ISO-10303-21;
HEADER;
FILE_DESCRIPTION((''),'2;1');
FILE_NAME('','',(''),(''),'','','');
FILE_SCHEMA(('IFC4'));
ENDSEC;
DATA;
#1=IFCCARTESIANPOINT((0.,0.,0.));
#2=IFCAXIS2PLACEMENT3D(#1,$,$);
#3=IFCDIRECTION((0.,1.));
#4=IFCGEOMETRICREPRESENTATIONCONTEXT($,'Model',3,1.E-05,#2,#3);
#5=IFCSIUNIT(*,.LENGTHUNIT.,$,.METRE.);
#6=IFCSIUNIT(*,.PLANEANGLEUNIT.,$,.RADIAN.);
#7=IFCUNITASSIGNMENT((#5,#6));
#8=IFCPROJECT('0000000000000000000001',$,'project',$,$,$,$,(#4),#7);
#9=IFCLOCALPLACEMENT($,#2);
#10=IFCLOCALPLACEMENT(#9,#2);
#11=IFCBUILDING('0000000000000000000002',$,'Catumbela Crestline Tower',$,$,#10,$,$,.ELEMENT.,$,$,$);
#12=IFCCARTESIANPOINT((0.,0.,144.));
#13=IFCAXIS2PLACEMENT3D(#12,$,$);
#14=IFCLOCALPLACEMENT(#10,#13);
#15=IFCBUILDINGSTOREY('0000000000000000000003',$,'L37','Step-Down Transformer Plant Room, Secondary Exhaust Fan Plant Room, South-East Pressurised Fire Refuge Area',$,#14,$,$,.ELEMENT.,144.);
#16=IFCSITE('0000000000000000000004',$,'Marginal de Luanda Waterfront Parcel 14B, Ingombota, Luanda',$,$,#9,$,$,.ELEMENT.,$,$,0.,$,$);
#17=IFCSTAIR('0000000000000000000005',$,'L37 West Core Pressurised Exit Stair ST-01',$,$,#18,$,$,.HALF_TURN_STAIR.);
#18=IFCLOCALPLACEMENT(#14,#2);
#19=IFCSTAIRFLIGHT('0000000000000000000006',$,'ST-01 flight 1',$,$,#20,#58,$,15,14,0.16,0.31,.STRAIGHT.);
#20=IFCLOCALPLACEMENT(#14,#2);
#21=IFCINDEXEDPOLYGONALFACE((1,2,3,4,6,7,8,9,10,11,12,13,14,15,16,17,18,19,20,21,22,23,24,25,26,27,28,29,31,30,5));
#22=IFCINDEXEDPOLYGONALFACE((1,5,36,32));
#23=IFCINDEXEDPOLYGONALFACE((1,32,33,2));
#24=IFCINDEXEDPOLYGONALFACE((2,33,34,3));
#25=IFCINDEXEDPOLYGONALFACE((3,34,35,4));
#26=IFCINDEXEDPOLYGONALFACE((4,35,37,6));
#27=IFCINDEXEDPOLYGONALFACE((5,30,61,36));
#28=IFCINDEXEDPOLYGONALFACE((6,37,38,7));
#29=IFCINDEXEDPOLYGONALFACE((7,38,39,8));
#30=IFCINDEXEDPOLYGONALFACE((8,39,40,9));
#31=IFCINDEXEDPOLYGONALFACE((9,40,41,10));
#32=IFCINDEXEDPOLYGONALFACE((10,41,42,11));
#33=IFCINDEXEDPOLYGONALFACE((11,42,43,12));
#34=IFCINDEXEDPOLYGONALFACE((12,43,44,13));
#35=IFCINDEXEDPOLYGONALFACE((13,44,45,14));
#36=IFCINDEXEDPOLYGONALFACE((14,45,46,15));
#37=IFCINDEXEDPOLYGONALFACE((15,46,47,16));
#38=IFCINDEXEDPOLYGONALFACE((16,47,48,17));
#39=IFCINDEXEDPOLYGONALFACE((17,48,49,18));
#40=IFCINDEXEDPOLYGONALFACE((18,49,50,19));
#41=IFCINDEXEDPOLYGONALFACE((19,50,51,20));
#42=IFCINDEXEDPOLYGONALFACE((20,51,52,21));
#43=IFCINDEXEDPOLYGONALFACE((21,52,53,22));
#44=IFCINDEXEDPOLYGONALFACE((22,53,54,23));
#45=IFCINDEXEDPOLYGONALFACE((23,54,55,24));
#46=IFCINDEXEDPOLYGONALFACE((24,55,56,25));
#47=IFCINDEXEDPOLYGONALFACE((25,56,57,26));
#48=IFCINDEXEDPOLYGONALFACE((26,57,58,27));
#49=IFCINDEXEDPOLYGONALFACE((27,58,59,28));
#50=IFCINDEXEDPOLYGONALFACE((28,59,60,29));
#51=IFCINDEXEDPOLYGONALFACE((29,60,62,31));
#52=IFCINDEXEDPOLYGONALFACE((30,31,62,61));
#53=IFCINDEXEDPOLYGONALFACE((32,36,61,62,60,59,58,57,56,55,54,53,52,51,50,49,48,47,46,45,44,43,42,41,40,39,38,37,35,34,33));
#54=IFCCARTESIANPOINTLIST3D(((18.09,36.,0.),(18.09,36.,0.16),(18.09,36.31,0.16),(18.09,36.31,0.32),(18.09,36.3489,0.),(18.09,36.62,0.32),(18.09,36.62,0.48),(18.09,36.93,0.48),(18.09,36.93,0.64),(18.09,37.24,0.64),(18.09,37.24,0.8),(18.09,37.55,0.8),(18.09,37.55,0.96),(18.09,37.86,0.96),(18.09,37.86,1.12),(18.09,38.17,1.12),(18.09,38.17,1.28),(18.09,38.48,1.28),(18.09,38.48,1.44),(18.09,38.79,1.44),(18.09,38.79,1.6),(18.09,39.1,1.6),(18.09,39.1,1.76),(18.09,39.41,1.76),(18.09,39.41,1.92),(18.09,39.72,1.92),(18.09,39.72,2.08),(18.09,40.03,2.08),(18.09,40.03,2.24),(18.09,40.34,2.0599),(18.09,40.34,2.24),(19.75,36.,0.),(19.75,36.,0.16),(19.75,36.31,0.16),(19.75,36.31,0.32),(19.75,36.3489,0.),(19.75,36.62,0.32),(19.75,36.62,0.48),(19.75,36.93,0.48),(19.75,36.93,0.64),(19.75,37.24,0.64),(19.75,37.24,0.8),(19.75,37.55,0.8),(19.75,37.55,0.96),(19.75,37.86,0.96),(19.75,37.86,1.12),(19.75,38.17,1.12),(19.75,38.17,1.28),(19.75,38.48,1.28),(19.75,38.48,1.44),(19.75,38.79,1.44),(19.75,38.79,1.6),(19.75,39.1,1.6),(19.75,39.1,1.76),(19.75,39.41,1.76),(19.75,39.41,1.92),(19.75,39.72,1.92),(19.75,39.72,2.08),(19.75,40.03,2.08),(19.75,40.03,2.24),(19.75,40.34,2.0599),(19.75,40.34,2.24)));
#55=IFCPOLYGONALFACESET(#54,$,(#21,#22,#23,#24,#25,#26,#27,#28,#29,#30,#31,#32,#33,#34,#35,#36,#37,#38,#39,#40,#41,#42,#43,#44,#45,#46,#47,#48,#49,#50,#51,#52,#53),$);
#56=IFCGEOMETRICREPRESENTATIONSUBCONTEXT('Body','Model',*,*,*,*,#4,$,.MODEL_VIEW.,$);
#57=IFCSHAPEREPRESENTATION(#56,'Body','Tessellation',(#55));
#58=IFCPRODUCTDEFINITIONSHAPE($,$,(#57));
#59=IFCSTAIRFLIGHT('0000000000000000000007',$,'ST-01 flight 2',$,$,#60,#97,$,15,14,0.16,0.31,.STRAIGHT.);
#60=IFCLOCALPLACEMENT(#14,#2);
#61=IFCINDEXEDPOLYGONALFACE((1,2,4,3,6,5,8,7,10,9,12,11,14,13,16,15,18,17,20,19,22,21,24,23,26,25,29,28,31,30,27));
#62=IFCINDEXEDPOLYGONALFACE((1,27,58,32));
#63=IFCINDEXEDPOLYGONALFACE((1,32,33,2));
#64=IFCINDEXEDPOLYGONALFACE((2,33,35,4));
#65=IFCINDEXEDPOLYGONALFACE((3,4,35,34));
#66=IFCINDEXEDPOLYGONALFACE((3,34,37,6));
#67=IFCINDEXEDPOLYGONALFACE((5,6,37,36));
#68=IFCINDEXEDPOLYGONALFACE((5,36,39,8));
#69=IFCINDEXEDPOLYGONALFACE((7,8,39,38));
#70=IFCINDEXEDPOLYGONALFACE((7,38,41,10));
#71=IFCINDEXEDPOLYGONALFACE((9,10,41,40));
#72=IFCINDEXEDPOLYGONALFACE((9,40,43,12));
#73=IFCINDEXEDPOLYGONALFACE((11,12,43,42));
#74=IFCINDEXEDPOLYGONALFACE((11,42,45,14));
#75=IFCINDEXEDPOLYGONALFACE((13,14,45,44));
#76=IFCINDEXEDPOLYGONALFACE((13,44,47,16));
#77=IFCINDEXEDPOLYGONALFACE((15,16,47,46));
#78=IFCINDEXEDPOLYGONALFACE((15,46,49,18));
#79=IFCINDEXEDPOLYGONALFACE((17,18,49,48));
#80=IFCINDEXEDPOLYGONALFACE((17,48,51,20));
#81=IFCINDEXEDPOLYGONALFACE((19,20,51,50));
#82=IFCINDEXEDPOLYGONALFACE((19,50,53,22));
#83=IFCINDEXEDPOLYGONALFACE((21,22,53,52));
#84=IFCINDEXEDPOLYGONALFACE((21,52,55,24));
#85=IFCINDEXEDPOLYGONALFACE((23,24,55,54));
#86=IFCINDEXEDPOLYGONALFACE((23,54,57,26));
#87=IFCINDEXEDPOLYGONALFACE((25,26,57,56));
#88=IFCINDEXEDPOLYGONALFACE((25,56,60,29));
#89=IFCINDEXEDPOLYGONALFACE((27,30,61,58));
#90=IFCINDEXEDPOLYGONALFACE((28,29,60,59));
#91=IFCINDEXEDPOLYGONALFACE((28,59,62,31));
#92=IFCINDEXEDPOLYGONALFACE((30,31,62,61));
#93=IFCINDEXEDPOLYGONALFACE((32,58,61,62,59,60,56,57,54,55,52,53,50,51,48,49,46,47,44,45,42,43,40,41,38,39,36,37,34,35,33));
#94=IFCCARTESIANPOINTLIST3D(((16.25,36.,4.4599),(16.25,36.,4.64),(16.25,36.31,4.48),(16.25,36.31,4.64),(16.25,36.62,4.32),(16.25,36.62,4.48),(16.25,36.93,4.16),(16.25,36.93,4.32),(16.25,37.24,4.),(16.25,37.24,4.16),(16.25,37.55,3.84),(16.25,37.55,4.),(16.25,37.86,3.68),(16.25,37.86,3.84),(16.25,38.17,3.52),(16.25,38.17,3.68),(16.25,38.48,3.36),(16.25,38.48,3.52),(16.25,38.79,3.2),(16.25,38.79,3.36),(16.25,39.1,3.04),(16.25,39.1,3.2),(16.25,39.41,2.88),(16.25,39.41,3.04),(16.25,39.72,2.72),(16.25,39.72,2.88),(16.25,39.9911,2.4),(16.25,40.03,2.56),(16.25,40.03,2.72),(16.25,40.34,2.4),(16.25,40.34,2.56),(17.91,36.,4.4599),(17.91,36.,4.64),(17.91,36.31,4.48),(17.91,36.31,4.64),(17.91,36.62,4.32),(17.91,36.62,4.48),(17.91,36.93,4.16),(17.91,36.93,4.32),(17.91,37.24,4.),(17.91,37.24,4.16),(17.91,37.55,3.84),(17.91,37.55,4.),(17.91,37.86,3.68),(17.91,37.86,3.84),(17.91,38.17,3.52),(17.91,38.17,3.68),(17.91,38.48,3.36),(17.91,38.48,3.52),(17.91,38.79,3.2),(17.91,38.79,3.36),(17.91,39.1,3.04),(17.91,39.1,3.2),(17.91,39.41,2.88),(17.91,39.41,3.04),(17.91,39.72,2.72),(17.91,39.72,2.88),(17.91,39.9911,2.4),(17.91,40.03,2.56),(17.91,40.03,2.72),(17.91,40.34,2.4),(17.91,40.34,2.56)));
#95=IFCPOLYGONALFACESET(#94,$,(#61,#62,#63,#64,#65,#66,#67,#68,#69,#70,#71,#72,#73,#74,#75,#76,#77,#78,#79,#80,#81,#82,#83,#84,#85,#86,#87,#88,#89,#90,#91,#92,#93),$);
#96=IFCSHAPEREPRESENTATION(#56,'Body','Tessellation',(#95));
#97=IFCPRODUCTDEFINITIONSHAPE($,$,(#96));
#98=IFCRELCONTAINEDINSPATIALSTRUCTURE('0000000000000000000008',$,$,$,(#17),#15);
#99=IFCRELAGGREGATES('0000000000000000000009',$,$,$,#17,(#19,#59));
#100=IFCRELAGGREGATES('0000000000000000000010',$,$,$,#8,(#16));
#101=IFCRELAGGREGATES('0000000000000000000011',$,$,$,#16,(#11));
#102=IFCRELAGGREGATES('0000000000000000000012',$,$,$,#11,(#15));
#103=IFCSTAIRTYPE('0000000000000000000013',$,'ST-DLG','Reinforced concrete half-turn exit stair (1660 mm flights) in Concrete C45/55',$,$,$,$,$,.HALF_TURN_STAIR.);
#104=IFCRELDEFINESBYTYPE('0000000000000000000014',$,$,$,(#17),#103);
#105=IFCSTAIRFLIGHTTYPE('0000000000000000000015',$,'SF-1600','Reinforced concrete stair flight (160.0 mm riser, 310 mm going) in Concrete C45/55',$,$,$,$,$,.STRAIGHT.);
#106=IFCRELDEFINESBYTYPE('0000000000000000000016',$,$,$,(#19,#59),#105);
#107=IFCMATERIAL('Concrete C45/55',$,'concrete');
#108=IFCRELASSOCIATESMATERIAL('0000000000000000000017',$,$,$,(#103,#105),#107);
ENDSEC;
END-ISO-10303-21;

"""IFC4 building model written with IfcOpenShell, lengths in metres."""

from ifc_helpers import new_model, si_unit, direction, frame, origin, place, context, subcontext, project, spatial, polyline, outline, extrude, material, type_object, element, aggregate, save


model = new_model("IFC4")

# Units and contexts
model_context = context("Model", 3, precision=1e-05, world=origin(), true_north=direction((0.0, 1.0)))
body_context = subcontext(model_context, "Body", "Model", "MODEL_VIEW")
ifc_project = project(units=[si_unit("LENGTHUNIT", "METRE"), si_unit("PLANEANGLEUNIT", "RADIAN")], contexts=[model_context])

# Site, building, storey
site_placement = place(None, origin())
site = spatial("IfcSite", under=ifc_project, at=site_placement, Name="Marginal de Luanda Waterfront Parcel 14B, Ingombota, Luanda", CompositionType="ELEMENT", RefElevation=0.0)
building_placement = place(site_placement, origin())
building = spatial("IfcBuilding", under=site, at=building_placement, Name="Catumbela Crestline Tower", CompositionType="ELEMENT")
storey_placement = place(building_placement, frame((0.0, 0.0, 144.0)))
storey = spatial("IfcBuildingStorey", under=building, at=storey_placement, Name="L37", Description="Step-Down Transformer Plant Room, Secondary Exhaust Fan Plant Room, South-East Pressurised Fire Refuge Area", CompositionType="ELEMENT", Elevation=144.0)

# Stair, stair flights
ifc_material_1 = material(Name="Concrete C45/55", Category="concrete")
stair_type = type_object("IfcStairType", Name="ST-DLG", Description="Reinforced concrete half-turn exit stair (1660 mm flights) in Concrete C45/55", PredefinedType="HALF_TURN_STAIR", material=ifc_material_1)
stair_placement = place(storey_placement, origin())
stair = element("IfcStair", 1, at=stair_placement, inside=storey, type_object=stair_type, Name="L37 West Core Pressurised Exit Stair ST-01", PredefinedType="HALF_TURN_STAIR")
stair_flight_type = type_object("IfcStairFlightType", Name="SF-1600", Description="Reinforced concrete stair flight (160.0 mm riser, 310 mm going) in Concrete C45/55", PredefinedType="STRAIGHT", material=ifc_material_1)
stair_flight_1_placement = place(storey_placement, frame((18.92, 36.0, 0.0), z_axis=(0.0, 0.0, 1.0), x_axis=(0.0, 1.0, 0.0)))
stair_flight_1 = element("IfcStairFlight", 2, at=stair_flight_1_placement, type_object=stair_flight_type, Name="ST-01 flight 1", NumberOfRisers=15, NumberOfTreads=14, PredefinedType="STRAIGHT", RiserHeight=0.16, TreadLength=0.31, context=body_context, shape_type="SweptSolid", body=[
    extrude(outline(polyline([(0.0, 0.0), (0.0, 0.16), (0.31, 0.16), (0.31, 0.32), (0.62, 0.32), (0.62, 0.48), (0.93, 0.48), (0.93, 0.64), (1.24, 0.64), (1.24, 0.8), (1.55, 0.8), (1.55, 0.96), (1.86, 0.96), (1.86, 1.12), (2.17, 1.12), (2.17, 1.28), (2.48, 1.28), (2.48, 1.44), (2.79, 1.44), (2.79, 1.6), (3.1, 1.6), (3.1, 1.76), (3.41, 1.76), (3.41, 1.92), (3.72, 1.92), (3.72, 2.08), (4.03, 2.08), (4.03, 2.24), (4.34, 2.24), (4.34, 2.4), (4.34, 2.0599), (0.3489, 0.0), (0.0, 0.0)])), frame((0.0, 0.83, 0.0), z_axis=(0.0, -1.0, 0.0), x_axis=(1.0, 0.0, 0.0)), (0.0, 0.0, 1.0), 1.66),
])
stair_flight_2_placement = place(storey_placement, frame((17.08, 40.34, 2.4), z_axis=(0.0, 0.0, 1.0), x_axis=(0.0, -1.0, 0.0)))
stair_flight_2 = element("IfcStairFlight", 3, at=stair_flight_2_placement, type_object=stair_flight_type, Name="ST-01 flight 2", NumberOfRisers=15, NumberOfTreads=14, PredefinedType="STRAIGHT", RiserHeight=0.16, TreadLength=0.31, context=body_context, shape_type="SweptSolid", body=[
    extrude(outline(polyline([(0.0, 0.0), (0.0, 0.16), (0.31, 0.16), (0.31, 0.32), (0.62, 0.32), (0.62, 0.48), (0.93, 0.48), (0.93, 0.64), (1.24, 0.64), (1.24, 0.8), (1.55, 0.8), (1.55, 0.96), (1.86, 0.96), (1.86, 1.12), (2.17, 1.12), (2.17, 1.28), (2.48, 1.28), (2.48, 1.44), (2.79, 1.44), (2.79, 1.6), (3.1, 1.6), (3.1, 1.76), (3.41, 1.76), (3.41, 1.92), (3.72, 1.92), (3.72, 2.08), (4.03, 2.08), (4.03, 2.24), (4.34, 2.24), (4.34, 2.4), (4.34, 2.0599), (0.3489, 0.0), (0.0, 0.0)])), frame((0.0, 0.83, 0.0), z_axis=(0.0, -1.0, 0.0), x_axis=(1.0, 0.0, 0.0)), (0.0, 0.0, 1.0), 1.66),
])
aggregate(stair, [stair_flight_1, stair_flight_2])

save(model, "model.ifc")
